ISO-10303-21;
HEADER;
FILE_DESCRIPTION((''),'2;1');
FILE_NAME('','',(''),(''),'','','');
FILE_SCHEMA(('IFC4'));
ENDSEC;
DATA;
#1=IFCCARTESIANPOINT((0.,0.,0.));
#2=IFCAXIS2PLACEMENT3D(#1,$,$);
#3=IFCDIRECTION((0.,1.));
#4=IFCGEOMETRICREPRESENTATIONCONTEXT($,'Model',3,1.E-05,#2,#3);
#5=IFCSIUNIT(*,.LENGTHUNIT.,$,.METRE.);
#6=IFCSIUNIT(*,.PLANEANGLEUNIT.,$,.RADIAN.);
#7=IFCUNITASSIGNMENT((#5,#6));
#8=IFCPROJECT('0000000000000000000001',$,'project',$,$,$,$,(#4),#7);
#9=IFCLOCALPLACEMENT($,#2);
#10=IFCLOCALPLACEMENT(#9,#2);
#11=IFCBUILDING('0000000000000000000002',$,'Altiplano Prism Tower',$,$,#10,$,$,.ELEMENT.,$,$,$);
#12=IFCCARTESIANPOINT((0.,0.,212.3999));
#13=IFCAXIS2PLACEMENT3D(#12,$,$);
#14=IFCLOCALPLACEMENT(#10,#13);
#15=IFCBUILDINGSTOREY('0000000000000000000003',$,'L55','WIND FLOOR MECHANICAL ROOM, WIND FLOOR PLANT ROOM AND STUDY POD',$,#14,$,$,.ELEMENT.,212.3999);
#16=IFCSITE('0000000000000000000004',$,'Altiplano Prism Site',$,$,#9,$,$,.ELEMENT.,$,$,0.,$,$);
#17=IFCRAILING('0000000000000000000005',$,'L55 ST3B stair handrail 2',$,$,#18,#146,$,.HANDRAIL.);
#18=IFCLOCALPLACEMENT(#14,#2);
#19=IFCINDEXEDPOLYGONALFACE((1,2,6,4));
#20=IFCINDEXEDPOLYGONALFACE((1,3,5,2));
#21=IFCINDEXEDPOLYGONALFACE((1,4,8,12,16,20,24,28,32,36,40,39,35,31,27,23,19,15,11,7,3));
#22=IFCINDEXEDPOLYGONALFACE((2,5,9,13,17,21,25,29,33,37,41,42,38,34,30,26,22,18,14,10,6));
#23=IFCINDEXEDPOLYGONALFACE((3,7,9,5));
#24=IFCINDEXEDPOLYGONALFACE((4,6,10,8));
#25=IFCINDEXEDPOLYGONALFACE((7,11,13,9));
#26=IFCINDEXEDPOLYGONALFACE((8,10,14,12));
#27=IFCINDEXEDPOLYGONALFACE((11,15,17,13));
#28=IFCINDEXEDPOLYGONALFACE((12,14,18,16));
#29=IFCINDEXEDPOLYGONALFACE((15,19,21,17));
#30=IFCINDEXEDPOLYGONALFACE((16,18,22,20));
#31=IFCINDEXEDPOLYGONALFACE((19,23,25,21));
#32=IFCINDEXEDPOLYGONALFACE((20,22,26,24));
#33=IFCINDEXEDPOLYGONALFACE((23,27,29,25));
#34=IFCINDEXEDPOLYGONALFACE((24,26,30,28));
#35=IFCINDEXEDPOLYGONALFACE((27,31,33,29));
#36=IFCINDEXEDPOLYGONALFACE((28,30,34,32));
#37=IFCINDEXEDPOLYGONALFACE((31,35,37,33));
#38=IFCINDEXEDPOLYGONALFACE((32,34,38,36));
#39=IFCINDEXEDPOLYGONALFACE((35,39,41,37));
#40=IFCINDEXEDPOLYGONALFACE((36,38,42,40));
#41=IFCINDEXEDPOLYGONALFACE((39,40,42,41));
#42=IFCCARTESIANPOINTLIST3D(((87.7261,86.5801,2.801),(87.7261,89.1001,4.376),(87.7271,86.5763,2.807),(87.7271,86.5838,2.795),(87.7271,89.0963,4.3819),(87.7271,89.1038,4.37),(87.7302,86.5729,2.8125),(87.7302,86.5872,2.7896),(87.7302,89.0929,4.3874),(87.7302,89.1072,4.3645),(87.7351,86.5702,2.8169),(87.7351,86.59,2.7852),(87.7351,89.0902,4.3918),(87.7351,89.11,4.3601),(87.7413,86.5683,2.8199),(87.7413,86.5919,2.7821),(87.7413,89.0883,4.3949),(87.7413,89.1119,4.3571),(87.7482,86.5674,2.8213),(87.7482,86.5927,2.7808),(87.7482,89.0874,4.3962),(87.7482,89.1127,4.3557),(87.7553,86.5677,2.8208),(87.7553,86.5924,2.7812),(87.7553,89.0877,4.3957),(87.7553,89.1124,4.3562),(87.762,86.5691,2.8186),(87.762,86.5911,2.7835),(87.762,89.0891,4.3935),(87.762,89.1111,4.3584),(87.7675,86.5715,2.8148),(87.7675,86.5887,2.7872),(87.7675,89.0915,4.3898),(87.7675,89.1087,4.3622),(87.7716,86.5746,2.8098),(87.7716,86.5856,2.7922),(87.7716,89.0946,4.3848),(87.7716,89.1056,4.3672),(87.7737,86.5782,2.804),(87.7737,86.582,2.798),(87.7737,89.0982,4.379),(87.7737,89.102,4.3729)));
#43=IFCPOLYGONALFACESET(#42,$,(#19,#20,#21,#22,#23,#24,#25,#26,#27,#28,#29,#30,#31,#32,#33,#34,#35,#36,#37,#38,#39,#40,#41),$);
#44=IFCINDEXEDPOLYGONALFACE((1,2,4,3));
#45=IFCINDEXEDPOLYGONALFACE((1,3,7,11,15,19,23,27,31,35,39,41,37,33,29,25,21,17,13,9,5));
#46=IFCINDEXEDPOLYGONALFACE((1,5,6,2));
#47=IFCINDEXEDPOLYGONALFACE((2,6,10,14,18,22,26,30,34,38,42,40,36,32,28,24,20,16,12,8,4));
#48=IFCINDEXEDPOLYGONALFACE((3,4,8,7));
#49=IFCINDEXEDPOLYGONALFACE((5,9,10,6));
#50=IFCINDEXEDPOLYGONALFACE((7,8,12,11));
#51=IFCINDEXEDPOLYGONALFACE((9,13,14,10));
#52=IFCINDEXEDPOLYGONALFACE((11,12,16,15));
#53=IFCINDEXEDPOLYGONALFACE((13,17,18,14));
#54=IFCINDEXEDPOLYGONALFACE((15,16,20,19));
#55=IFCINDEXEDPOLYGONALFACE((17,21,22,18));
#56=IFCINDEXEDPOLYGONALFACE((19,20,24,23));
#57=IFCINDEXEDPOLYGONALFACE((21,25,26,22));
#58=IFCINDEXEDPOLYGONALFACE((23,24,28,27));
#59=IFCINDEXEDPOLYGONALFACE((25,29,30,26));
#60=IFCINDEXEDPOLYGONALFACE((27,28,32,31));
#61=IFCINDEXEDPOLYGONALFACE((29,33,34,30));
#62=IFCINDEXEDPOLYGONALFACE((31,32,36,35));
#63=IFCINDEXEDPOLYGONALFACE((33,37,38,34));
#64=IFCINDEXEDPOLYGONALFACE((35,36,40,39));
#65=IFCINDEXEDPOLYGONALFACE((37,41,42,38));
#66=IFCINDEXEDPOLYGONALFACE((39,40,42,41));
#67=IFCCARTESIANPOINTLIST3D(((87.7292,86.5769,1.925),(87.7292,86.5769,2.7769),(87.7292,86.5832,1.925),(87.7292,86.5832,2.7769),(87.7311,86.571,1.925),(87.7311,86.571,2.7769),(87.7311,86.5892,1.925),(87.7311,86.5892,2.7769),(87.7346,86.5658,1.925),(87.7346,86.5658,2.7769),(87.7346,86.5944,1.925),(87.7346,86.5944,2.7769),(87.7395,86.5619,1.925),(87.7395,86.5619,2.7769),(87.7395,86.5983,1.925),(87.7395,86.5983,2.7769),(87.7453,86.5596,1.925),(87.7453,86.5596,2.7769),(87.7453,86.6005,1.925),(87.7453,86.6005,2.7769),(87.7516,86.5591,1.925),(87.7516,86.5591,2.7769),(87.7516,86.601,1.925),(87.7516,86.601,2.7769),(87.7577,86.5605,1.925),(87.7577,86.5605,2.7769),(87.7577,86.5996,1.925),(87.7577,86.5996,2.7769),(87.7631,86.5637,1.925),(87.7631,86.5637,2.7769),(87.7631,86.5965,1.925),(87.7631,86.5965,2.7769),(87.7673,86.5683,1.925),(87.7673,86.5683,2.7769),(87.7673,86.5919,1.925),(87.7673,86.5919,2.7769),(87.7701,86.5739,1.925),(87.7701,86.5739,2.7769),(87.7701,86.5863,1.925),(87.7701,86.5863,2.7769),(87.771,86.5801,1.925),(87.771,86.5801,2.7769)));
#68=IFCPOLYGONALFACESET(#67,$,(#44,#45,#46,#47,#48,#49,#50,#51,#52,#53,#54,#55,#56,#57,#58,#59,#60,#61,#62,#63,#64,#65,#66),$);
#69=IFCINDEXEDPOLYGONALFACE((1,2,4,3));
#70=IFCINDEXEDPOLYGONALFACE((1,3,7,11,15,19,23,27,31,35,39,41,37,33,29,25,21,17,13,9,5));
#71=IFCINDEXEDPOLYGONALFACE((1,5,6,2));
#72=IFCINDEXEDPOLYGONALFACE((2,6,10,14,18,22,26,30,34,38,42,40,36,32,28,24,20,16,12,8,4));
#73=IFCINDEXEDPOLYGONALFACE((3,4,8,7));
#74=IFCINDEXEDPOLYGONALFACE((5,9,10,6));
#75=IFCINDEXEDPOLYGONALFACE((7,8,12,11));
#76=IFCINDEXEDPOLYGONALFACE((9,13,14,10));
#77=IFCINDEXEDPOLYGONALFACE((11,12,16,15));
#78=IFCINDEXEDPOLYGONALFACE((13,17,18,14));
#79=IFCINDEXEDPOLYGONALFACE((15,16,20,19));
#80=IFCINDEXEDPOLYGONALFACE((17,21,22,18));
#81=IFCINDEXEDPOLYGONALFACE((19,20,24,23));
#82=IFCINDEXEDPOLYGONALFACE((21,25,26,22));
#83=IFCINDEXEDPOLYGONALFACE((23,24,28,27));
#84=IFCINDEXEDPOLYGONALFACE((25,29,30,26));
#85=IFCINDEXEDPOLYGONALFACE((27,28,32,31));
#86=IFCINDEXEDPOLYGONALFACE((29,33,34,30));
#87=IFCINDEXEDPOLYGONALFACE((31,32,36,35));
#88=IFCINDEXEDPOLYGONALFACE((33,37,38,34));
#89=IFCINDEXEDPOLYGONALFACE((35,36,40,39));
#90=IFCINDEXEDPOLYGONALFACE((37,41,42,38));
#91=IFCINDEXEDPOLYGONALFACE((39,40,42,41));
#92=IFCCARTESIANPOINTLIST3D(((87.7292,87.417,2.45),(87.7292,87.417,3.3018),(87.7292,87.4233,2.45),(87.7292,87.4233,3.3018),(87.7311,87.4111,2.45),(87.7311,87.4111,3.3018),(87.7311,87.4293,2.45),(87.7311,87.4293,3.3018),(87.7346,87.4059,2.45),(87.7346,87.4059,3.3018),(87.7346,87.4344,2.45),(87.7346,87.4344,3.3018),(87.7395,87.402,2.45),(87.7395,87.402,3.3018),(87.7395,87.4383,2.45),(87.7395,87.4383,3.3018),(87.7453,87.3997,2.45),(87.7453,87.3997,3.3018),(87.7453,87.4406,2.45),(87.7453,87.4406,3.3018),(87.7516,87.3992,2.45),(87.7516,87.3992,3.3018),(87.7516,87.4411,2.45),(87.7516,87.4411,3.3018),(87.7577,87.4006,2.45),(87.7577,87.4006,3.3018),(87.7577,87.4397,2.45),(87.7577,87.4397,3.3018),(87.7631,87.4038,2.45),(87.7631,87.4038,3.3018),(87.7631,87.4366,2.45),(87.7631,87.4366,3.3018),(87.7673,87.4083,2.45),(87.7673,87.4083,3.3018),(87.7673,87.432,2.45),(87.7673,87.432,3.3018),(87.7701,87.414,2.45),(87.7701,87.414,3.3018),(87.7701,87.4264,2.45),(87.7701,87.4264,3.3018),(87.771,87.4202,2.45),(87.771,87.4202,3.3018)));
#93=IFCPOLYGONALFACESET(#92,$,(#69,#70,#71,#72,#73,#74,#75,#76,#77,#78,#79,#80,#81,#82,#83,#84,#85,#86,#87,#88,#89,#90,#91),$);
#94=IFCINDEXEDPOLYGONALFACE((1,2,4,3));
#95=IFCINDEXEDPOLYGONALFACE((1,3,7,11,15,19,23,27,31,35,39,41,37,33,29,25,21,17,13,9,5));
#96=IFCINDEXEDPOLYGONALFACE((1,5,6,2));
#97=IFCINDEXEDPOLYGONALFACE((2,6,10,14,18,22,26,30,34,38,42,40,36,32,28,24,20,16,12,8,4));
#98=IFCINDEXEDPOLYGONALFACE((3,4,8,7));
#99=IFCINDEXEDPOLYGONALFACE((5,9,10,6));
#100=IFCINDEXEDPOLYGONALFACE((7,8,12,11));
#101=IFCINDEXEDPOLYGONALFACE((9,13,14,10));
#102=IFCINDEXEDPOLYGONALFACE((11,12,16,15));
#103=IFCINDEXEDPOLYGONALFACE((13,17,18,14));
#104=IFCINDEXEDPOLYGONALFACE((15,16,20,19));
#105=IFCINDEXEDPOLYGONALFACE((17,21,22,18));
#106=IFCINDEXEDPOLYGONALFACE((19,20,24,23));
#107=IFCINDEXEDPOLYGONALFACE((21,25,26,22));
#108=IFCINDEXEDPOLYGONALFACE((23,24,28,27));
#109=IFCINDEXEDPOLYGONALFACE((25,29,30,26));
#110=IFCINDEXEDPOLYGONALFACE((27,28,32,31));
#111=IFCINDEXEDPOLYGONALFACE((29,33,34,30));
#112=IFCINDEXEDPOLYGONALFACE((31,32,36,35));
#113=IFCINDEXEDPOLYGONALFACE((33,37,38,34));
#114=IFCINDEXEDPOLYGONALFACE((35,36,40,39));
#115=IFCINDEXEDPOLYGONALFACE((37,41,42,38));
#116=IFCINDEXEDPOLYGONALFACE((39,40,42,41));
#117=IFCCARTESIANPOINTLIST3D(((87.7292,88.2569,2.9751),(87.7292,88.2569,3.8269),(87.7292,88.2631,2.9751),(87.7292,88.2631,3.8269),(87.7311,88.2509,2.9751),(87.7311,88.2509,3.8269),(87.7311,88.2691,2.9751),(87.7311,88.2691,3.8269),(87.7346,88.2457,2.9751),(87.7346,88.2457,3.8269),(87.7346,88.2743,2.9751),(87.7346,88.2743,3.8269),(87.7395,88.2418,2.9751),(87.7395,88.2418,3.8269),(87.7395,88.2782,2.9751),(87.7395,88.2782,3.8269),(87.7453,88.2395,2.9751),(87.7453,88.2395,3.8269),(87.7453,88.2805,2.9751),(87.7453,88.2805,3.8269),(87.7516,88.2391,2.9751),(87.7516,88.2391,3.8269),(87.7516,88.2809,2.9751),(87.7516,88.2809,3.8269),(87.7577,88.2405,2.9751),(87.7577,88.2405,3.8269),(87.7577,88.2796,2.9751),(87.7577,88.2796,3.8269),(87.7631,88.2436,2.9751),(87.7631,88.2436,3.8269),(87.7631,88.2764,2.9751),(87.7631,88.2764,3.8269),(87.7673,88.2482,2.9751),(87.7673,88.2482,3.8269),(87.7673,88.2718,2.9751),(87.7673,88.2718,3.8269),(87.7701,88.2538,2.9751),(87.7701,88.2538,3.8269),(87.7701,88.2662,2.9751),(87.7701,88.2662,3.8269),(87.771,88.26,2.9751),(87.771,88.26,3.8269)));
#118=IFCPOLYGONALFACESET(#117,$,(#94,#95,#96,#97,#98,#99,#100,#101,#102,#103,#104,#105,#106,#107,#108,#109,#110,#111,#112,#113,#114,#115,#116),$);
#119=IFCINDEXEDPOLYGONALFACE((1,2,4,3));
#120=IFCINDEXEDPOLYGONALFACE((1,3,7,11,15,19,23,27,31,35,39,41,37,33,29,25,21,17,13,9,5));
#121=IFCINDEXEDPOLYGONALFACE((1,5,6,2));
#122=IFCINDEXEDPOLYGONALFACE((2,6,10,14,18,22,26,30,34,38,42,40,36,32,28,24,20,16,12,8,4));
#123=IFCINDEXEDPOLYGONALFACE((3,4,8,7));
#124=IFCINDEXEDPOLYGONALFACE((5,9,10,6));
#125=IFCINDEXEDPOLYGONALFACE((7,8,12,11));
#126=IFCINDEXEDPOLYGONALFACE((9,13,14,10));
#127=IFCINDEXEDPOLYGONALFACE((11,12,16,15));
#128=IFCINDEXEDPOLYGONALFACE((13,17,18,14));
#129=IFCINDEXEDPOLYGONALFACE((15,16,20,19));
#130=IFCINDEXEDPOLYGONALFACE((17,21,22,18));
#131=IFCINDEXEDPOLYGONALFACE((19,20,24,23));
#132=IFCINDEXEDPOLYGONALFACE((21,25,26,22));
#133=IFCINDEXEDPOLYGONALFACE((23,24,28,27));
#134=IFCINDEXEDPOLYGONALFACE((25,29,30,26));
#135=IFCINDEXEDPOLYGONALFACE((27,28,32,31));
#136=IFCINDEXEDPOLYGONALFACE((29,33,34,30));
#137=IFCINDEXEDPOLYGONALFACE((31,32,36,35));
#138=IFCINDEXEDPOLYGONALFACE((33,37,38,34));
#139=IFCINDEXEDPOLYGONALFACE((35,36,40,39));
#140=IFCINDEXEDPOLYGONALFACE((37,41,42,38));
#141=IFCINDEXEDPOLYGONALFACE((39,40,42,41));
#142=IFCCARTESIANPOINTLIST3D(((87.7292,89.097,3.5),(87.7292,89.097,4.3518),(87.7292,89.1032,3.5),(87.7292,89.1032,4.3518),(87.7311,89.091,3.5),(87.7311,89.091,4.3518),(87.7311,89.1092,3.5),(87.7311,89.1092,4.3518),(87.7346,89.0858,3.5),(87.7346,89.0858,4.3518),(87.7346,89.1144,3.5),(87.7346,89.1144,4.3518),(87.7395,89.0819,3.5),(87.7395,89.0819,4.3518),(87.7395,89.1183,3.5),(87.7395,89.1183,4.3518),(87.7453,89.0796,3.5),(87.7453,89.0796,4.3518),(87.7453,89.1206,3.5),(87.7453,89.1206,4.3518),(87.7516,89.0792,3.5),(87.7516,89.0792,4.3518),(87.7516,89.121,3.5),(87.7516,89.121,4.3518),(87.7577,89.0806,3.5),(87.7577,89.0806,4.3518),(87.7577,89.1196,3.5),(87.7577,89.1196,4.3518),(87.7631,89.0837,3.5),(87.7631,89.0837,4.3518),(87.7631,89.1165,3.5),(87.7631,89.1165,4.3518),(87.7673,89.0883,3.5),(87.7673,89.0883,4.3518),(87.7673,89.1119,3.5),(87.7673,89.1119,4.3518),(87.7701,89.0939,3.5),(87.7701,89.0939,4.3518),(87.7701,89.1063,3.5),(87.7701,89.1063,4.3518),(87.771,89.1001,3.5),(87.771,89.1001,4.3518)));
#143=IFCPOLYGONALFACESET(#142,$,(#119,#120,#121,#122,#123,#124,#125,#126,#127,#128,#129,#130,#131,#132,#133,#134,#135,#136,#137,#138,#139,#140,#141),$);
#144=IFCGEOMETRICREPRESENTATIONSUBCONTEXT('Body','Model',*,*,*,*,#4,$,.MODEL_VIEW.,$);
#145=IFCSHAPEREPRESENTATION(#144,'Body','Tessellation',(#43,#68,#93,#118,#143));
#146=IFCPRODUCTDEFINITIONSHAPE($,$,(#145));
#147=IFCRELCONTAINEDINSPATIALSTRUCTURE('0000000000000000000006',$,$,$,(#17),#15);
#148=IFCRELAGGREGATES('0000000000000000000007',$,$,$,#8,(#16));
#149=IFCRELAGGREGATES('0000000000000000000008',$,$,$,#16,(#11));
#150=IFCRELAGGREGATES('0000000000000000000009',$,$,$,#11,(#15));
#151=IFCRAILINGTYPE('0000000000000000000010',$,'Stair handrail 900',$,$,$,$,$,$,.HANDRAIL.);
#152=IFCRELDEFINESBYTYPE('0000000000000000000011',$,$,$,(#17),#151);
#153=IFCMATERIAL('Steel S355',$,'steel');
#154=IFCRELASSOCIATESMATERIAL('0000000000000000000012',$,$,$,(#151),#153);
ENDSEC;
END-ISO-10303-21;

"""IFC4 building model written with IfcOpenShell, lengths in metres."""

from ifc_helpers import new_model, si_unit, direction, frame, origin, origin_2d, place, context, subcontext, project, spatial, circle, extrude, material, type_object, element, save


model = new_model("IFC4")

# Units and contexts
model_context = context("Model", 3, precision=1e-05, world=origin(), true_north=direction((0.0, 1.0)))
body_context = subcontext(model_context, "Body", "Model", "MODEL_VIEW")
ifc_project = project(units=[si_unit("LENGTHUNIT", "METRE"), si_unit("PLANEANGLEUNIT", "RADIAN")], contexts=[model_context])

# Site, building, storey
site_placement = place(None, origin())
site = spatial("IfcSite", under=ifc_project, at=site_placement, Name="Altiplano Prism Site", CompositionType="ELEMENT", RefElevation=0.0)
building_placement = place(site_placement, origin())
building = spatial("IfcBuilding", under=site, at=building_placement, Name="Altiplano Prism Tower", CompositionType="ELEMENT")
storey_placement = place(building_placement, frame((0.0, 0.0, 212.3999)))
storey = spatial("IfcBuildingStorey", under=building, at=storey_placement, Name="L55", Description="WIND FLOOR MECHANICAL ROOM, WIND FLOOR PLANT ROOM AND STUDY POD", CompositionType="ELEMENT", Elevation=212.3999)

# Shared definitions
ifc_material_1 = material(Name="Steel S355", Category="steel")

# Railing
railing_type_1 = type_object("IfcRailingType", Name="Stair handrail 900", PredefinedType="HANDRAIL", material=ifc_material_1)
railing_1_placement = place(storey_placement, frame((87.75, 86.5801, 1.925)))
element("IfcRailing", 1, at=railing_1_placement, inside=storey, type_object=railing_type_1, Name="L55 ST3B stair handrail 2", PredefinedType="HANDRAIL", context=body_context, shape_type="SweptSolid", body=[
    extrude(circle(Radius=0.0239, at=origin_2d()), frame((0.0, 0.0, 0.876), z_axis=(0.0, 0.848008, 0.529984), x_axis=(-1.0, 0.0, 0.0)), (0.0, 0.0, 1.0), 2.9717),
    extrude(circle(Radius=0.021, at=origin_2d()), origin(), (0.0, 0.0, 1.0), 0.8518),
    extrude(circle(Radius=0.021, at=origin_2d()), frame((0.0, 0.8401, 0.5249)), (0.0, 0.0, 1.0), 0.8518),
    extrude(circle(Radius=0.021, at=origin_2d()), frame((0.0, 1.6799, 1.05)), (0.0, 0.0, 1.0), 0.8518),
    extrude(circle(Radius=0.021, at=origin_2d()), frame((0.0, 2.52, 1.575)), (0.0, 0.0, 1.0), 0.8518),
])

save(model, "model.ifc")
